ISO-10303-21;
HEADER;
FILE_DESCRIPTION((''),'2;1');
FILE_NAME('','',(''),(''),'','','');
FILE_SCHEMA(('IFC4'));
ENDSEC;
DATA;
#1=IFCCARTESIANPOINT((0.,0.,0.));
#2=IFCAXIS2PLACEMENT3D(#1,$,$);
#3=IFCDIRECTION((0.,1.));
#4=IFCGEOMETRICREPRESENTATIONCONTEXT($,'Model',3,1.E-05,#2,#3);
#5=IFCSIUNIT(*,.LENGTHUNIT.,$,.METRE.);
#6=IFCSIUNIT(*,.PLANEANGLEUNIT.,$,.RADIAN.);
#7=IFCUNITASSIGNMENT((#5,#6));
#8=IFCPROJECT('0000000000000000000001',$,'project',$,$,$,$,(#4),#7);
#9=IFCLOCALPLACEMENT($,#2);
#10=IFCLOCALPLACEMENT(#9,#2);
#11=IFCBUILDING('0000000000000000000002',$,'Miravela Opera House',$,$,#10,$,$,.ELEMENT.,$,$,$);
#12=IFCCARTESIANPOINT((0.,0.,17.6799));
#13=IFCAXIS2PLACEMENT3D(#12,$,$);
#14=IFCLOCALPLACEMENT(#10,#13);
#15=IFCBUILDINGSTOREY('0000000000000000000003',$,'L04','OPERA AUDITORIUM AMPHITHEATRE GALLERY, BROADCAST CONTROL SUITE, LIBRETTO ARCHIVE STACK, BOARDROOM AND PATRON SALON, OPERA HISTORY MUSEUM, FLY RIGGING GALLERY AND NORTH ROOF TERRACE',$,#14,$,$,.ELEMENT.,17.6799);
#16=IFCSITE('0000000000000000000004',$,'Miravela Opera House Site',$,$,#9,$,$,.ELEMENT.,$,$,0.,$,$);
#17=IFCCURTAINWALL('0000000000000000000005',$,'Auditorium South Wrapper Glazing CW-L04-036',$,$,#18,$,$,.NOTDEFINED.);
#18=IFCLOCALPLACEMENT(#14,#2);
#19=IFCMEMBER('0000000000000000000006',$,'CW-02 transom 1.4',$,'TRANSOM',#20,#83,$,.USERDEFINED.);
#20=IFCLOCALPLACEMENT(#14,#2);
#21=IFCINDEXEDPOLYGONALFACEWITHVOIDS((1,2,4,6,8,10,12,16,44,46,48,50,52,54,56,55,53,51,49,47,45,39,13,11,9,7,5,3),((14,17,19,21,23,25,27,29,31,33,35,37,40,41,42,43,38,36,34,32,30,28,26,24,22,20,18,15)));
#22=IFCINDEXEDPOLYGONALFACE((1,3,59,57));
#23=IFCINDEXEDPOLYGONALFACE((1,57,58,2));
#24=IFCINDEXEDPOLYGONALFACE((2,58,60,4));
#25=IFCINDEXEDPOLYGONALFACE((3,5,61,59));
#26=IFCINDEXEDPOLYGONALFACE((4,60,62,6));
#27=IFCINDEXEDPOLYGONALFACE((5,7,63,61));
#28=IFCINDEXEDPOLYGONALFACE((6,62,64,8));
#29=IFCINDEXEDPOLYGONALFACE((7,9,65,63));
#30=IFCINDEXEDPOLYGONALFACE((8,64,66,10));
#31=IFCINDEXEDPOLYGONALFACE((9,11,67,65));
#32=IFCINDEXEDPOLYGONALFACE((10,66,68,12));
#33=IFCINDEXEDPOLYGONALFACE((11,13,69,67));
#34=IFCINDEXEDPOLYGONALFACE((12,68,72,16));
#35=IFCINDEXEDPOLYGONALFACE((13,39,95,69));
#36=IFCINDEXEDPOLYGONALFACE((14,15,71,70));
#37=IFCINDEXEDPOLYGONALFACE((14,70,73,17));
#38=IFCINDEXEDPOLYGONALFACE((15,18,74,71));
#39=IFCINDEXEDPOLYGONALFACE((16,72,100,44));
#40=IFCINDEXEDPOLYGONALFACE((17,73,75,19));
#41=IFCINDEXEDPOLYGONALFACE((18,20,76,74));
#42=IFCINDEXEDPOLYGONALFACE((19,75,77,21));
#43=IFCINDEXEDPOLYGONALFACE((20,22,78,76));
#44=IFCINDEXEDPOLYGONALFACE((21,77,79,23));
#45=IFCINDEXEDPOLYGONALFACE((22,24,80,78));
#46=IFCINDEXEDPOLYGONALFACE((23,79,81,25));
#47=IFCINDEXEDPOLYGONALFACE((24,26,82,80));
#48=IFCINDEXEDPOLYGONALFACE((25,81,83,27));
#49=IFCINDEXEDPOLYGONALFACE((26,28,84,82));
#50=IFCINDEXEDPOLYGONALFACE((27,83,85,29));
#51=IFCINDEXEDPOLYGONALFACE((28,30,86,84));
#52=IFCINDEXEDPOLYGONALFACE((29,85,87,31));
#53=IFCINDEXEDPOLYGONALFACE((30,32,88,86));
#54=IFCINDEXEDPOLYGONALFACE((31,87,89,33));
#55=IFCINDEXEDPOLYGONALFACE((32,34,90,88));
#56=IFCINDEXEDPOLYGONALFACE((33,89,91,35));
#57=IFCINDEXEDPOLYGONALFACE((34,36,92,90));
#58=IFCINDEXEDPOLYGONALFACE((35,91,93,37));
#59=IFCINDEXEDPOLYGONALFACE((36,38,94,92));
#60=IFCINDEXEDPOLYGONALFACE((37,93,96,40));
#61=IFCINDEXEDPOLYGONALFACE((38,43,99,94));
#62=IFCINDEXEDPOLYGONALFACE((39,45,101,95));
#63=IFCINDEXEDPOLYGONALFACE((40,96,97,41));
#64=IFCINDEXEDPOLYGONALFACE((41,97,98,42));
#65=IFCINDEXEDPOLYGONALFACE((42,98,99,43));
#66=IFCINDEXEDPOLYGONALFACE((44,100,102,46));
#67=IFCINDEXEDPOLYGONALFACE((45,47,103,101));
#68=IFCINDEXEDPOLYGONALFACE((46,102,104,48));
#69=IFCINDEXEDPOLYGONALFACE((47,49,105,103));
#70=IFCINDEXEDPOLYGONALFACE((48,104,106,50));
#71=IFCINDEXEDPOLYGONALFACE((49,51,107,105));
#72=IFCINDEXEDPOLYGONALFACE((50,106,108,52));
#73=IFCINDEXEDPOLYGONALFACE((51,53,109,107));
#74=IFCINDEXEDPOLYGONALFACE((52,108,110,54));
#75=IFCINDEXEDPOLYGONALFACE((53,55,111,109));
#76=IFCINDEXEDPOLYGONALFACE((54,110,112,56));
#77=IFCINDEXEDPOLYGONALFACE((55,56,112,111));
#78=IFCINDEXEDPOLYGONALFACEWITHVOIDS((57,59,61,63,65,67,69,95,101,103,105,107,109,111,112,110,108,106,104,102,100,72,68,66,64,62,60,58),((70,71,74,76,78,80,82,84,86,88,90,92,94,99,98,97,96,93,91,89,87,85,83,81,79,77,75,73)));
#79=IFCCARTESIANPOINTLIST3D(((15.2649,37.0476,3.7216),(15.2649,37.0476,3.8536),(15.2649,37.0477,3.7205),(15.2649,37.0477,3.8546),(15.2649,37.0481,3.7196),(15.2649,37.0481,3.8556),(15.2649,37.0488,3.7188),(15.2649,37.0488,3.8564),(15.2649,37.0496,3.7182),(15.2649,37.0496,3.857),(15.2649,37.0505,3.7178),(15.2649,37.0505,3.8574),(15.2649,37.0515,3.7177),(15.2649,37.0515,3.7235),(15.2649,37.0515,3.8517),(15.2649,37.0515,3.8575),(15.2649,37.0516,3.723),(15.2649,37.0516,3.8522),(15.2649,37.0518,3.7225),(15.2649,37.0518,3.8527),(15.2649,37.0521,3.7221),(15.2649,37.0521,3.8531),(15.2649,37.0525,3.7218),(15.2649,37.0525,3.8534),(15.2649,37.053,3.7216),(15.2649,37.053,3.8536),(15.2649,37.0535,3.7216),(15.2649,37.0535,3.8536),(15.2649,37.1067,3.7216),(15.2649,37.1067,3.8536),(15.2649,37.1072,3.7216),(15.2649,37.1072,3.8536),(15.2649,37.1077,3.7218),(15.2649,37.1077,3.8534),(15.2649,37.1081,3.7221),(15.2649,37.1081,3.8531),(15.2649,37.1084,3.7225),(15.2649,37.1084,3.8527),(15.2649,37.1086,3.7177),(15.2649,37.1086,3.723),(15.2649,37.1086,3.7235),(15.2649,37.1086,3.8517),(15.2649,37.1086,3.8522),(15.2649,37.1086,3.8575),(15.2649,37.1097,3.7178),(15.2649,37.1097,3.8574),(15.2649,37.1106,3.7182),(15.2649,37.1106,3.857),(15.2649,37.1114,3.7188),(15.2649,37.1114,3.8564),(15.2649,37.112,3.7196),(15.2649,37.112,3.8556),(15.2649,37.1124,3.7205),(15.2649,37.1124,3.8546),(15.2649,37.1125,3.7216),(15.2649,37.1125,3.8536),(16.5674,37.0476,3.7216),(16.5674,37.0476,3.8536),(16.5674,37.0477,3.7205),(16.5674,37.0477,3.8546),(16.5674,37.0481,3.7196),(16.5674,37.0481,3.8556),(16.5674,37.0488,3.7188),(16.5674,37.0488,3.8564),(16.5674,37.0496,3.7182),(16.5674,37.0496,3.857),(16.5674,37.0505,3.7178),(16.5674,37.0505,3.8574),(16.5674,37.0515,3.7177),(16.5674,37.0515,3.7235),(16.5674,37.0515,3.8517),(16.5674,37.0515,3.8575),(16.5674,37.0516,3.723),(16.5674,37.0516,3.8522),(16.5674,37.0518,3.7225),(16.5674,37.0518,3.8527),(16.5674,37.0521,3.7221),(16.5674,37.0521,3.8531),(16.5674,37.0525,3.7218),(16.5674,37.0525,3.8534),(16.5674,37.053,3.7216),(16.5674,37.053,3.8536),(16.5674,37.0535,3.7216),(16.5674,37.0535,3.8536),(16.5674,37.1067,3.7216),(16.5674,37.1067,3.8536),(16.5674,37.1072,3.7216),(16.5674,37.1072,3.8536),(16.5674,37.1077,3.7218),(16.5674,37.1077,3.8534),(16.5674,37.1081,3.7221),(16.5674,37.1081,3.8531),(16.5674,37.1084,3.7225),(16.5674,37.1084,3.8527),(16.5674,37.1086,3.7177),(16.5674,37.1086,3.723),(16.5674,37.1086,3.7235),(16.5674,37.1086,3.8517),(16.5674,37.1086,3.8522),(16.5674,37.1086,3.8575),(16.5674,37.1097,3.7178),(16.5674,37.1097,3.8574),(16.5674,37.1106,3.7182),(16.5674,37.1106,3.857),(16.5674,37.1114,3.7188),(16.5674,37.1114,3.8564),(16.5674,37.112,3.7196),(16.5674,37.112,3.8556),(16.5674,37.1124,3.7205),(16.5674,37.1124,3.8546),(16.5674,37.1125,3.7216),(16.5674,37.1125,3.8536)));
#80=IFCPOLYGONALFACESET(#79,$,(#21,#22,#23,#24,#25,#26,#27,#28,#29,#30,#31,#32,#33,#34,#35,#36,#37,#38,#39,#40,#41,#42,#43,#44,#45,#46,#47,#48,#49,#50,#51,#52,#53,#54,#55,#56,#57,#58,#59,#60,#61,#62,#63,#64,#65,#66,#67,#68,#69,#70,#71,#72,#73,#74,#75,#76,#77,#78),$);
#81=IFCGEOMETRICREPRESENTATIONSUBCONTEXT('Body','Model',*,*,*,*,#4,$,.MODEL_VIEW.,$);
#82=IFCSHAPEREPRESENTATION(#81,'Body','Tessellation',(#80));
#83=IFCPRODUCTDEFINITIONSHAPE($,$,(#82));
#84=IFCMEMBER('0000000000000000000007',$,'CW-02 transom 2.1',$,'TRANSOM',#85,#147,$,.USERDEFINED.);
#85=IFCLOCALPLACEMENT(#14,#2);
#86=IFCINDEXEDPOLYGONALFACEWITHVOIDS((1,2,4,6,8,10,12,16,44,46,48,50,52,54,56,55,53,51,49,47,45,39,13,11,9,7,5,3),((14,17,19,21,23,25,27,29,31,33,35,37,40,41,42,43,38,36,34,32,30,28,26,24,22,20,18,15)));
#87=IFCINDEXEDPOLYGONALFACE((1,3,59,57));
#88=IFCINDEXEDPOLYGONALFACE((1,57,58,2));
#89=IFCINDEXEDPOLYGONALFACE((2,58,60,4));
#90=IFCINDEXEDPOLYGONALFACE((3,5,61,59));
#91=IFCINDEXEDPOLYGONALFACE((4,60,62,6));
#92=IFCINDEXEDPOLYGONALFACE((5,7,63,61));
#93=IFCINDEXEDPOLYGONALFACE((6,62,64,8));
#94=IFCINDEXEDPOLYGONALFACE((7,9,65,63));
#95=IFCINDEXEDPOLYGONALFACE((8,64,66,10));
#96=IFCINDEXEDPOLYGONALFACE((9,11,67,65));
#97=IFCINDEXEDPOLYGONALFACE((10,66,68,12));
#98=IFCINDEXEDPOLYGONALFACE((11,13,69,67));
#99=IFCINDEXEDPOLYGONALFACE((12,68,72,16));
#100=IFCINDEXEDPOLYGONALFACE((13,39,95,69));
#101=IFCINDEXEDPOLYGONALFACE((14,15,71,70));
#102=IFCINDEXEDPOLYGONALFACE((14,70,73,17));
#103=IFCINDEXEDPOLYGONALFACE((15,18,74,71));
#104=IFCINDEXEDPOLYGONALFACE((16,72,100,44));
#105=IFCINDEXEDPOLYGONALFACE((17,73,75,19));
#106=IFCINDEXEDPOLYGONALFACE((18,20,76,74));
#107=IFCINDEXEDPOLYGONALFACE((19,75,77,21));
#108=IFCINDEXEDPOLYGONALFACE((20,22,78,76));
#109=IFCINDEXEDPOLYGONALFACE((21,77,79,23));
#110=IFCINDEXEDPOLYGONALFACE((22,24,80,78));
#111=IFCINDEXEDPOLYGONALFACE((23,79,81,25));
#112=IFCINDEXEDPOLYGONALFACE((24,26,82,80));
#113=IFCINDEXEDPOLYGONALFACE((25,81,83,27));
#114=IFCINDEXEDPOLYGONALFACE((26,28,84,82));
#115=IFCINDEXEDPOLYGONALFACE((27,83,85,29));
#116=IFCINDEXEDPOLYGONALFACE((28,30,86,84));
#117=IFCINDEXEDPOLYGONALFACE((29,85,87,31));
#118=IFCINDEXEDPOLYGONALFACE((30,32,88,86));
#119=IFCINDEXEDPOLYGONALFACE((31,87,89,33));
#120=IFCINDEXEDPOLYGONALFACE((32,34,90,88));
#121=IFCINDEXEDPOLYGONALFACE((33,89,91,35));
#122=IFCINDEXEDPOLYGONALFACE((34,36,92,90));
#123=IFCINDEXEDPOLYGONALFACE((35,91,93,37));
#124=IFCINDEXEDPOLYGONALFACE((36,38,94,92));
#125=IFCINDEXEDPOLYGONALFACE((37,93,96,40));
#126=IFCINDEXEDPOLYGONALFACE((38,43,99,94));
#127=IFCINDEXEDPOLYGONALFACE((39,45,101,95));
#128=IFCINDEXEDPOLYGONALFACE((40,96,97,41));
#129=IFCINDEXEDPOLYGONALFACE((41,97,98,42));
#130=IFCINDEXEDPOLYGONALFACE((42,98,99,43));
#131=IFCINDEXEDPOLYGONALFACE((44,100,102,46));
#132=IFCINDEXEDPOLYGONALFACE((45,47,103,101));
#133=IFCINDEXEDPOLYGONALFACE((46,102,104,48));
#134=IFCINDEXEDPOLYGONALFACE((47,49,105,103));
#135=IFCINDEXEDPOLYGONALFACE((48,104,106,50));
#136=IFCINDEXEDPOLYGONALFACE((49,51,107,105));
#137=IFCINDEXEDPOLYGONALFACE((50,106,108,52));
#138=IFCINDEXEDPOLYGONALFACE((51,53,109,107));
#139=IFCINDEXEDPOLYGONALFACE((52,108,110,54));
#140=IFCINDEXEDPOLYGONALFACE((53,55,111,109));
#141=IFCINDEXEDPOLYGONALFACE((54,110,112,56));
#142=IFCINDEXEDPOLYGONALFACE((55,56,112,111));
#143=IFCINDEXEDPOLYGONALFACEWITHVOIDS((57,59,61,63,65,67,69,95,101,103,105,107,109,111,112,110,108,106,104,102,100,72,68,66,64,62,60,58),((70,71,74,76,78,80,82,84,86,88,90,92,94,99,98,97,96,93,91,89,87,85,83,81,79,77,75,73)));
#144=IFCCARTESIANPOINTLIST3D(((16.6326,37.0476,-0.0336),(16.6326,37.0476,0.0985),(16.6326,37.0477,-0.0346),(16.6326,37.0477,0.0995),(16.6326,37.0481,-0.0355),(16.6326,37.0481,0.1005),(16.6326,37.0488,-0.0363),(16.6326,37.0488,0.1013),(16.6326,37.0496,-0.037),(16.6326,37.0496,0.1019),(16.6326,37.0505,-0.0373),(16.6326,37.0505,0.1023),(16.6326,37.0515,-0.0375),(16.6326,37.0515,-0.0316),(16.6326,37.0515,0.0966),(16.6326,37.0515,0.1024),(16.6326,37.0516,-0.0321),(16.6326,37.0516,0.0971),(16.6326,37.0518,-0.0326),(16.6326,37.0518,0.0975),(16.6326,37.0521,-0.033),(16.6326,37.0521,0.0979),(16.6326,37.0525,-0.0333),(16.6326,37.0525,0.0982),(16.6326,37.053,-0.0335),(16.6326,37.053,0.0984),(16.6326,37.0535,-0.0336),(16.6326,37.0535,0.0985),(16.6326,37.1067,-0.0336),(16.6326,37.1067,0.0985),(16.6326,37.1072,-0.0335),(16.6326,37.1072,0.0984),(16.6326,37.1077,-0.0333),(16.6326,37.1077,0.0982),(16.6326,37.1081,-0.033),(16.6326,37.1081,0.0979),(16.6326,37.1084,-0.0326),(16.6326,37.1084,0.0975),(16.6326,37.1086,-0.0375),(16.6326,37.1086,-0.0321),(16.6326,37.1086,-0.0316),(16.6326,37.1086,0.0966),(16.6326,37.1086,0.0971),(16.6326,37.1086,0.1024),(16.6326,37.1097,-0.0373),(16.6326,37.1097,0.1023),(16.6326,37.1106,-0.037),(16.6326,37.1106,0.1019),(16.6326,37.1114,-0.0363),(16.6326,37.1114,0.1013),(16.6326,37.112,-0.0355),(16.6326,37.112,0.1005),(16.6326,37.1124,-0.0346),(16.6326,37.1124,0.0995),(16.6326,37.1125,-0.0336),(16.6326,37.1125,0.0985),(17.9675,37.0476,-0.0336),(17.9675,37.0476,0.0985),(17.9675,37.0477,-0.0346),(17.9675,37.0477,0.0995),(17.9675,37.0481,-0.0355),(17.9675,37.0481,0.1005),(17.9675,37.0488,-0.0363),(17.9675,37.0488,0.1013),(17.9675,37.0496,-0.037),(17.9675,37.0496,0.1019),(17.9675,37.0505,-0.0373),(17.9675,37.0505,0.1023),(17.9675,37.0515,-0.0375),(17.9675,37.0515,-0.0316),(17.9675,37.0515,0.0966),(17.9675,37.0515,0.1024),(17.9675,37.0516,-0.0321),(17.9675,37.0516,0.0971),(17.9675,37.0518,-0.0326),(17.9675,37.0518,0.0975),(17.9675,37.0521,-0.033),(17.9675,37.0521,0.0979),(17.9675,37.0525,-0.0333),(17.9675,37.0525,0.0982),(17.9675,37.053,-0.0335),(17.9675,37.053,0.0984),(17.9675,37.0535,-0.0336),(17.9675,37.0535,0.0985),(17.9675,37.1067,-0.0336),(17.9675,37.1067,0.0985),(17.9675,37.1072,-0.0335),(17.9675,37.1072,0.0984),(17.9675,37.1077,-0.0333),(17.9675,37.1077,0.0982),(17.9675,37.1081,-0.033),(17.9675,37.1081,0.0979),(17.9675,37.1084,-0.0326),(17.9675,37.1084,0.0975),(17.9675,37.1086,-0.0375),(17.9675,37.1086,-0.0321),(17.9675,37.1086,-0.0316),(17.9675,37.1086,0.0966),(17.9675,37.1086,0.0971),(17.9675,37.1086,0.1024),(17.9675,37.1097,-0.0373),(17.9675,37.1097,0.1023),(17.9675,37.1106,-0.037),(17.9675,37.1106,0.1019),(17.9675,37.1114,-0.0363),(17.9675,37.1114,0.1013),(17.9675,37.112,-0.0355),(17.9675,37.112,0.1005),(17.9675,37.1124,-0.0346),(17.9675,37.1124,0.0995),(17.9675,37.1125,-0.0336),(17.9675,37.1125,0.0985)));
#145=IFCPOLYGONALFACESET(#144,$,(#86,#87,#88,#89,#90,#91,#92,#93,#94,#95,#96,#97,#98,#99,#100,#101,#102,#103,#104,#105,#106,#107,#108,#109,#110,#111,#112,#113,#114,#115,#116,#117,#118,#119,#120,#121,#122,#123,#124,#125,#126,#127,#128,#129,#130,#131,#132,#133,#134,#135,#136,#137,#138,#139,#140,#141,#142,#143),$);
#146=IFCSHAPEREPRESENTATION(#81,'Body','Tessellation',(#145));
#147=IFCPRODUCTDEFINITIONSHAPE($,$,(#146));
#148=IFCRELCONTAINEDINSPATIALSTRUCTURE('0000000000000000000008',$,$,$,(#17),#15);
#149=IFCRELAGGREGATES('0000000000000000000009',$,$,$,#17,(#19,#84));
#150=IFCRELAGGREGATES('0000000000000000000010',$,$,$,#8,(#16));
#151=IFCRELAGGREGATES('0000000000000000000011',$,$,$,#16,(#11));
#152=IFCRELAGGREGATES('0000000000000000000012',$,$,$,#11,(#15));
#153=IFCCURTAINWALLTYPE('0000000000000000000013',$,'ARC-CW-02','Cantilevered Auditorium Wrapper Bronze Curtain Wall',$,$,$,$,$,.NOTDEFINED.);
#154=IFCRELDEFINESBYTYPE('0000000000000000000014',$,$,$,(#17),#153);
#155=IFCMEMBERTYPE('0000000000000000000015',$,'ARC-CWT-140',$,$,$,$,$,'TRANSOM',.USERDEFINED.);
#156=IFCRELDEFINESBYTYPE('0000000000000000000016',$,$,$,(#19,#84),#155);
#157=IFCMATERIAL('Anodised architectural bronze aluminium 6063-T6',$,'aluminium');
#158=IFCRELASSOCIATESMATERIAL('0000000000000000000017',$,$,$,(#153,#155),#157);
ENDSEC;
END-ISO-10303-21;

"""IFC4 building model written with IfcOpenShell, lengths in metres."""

from ifc_helpers import new_model, si_unit, direction, frame, origin, origin_2d, place, context, subcontext, project, spatial, hollow_rectangle, extrude, material, material_profile, profile_set, type_object, element, aggregate, save


model = new_model("IFC4")

# Units and contexts
model_context = context("Model", 3, precision=1e-05, world=origin(), true_north=direction((0.0, 1.0)))
body_context = subcontext(model_context, "Body", "Model", "MODEL_VIEW")
ifc_project = project(units=[si_unit("LENGTHUNIT", "METRE"), si_unit("PLANEANGLEUNIT", "RADIAN")], contexts=[model_context])

# Site, building, storey
site_placement = place(None, origin())
site = spatial("IfcSite", under=ifc_project, at=site_placement, Name="Miravela Opera House Site", CompositionType="ELEMENT", RefElevation=0.0)
building_placement = place(site_placement, origin())
building = spatial("IfcBuilding", under=site, at=building_placement, Name="Miravela Opera House", CompositionType="ELEMENT")
storey_placement = place(building_placement, frame((0.0, 0.0, 17.6799)))
storey = spatial("IfcBuildingStorey", under=building, at=storey_placement, Name="L04", Description="OPERA AUDITORIUM AMPHITHEATRE GALLERY, BROADCAST CONTROL SUITE, LIBRETTO ARCHIVE STACK, BOARDROOM AND PATRON SALON, OPERA HISTORY MUSEUM, FLY RIGGING GALLERY AND NORTH ROOF TERRACE", CompositionType="ELEMENT", Elevation=17.6799)

# Curtain wall, members
ifc_material_1 = material(Name="Anodised architectural bronze aluminium 6063-T6", Category="aluminium")
curtain_wall_type = type_object("IfcCurtainWallType", Name="ARC-CW-02", Description="Cantilevered Auditorium Wrapper Bronze Curtain Wall", PredefinedType="NOTDEFINED", material=ifc_material_1)
curtain_wall_placement = place(storey_placement, origin())
curtain_wall = element("IfcCurtainWall", 1, at=curtain_wall_placement, inside=storey, type_object=curtain_wall_type, Name="Auditorium South Wrapper Glazing CW-L04-036", PredefinedType="NOTDEFINED")
ifc_material_profile_1 = material_profile(ifc_material_1, hollow_rectangle(XDim=0.0649, YDim=0.1399, WallThickness=0.0039, InnerFilletRadius=0.002, OuterFilletRadius=0.0039, at=origin_2d()), Name="CWT-65X140")
ifc_profile_set_1 = profile_set([ifc_material_profile_1])
member_type_1 = type_object("IfcMemberType", Name="ARC-CWT-140", ElementType="TRANSOM", PredefinedType="USERDEFINED", material=ifc_profile_set_1)
member_1_placement = place(storey_placement, frame((15.2649, 37.0801, 3.7876), z_axis=(1.0, 0.0, 0.0), x_axis=(0.0, 1.0, 0.0)))
member_1 = element("IfcMember", 2, at=member_1_placement, type_object=member_type_1, Name="CW-02 transom 1.4", ObjectType="TRANSOM", PredefinedType="USERDEFINED", context=body_context, shape_type="SweptSolid", body=[
    extrude(hollow_rectangle(XDim=0.0649, YDim=0.1399, WallThickness=0.0039, InnerFilletRadius=0.002, OuterFilletRadius=0.0039, at=origin_2d()), origin(), (0.0, 0.0, 1.0), 1.3025),
])
member_2_placement = place(storey_placement, frame((16.6326, 37.0801, 0.0325), z_axis=(1.0, 0.0, 0.0), x_axis=(0.0, 1.0, 0.0)))
member_2 = element("IfcMember", 3, at=member_2_placement, type_object=member_type_1, Name="CW-02 transom 2.1", ObjectType="TRANSOM", PredefinedType="USERDEFINED", context=body_context, shape_type="SweptSolid", body=[
    extrude(hollow_rectangle(XDim=0.0649, YDim=0.1399, WallThickness=0.0039, InnerFilletRadius=0.002, OuterFilletRadius=0.0039, at=origin_2d()), origin(), (0.0, 0.0, 1.0), 1.335),
])

aggregate(curtain_wall, [member_1, member_2])

save(model, "model.ifc")
